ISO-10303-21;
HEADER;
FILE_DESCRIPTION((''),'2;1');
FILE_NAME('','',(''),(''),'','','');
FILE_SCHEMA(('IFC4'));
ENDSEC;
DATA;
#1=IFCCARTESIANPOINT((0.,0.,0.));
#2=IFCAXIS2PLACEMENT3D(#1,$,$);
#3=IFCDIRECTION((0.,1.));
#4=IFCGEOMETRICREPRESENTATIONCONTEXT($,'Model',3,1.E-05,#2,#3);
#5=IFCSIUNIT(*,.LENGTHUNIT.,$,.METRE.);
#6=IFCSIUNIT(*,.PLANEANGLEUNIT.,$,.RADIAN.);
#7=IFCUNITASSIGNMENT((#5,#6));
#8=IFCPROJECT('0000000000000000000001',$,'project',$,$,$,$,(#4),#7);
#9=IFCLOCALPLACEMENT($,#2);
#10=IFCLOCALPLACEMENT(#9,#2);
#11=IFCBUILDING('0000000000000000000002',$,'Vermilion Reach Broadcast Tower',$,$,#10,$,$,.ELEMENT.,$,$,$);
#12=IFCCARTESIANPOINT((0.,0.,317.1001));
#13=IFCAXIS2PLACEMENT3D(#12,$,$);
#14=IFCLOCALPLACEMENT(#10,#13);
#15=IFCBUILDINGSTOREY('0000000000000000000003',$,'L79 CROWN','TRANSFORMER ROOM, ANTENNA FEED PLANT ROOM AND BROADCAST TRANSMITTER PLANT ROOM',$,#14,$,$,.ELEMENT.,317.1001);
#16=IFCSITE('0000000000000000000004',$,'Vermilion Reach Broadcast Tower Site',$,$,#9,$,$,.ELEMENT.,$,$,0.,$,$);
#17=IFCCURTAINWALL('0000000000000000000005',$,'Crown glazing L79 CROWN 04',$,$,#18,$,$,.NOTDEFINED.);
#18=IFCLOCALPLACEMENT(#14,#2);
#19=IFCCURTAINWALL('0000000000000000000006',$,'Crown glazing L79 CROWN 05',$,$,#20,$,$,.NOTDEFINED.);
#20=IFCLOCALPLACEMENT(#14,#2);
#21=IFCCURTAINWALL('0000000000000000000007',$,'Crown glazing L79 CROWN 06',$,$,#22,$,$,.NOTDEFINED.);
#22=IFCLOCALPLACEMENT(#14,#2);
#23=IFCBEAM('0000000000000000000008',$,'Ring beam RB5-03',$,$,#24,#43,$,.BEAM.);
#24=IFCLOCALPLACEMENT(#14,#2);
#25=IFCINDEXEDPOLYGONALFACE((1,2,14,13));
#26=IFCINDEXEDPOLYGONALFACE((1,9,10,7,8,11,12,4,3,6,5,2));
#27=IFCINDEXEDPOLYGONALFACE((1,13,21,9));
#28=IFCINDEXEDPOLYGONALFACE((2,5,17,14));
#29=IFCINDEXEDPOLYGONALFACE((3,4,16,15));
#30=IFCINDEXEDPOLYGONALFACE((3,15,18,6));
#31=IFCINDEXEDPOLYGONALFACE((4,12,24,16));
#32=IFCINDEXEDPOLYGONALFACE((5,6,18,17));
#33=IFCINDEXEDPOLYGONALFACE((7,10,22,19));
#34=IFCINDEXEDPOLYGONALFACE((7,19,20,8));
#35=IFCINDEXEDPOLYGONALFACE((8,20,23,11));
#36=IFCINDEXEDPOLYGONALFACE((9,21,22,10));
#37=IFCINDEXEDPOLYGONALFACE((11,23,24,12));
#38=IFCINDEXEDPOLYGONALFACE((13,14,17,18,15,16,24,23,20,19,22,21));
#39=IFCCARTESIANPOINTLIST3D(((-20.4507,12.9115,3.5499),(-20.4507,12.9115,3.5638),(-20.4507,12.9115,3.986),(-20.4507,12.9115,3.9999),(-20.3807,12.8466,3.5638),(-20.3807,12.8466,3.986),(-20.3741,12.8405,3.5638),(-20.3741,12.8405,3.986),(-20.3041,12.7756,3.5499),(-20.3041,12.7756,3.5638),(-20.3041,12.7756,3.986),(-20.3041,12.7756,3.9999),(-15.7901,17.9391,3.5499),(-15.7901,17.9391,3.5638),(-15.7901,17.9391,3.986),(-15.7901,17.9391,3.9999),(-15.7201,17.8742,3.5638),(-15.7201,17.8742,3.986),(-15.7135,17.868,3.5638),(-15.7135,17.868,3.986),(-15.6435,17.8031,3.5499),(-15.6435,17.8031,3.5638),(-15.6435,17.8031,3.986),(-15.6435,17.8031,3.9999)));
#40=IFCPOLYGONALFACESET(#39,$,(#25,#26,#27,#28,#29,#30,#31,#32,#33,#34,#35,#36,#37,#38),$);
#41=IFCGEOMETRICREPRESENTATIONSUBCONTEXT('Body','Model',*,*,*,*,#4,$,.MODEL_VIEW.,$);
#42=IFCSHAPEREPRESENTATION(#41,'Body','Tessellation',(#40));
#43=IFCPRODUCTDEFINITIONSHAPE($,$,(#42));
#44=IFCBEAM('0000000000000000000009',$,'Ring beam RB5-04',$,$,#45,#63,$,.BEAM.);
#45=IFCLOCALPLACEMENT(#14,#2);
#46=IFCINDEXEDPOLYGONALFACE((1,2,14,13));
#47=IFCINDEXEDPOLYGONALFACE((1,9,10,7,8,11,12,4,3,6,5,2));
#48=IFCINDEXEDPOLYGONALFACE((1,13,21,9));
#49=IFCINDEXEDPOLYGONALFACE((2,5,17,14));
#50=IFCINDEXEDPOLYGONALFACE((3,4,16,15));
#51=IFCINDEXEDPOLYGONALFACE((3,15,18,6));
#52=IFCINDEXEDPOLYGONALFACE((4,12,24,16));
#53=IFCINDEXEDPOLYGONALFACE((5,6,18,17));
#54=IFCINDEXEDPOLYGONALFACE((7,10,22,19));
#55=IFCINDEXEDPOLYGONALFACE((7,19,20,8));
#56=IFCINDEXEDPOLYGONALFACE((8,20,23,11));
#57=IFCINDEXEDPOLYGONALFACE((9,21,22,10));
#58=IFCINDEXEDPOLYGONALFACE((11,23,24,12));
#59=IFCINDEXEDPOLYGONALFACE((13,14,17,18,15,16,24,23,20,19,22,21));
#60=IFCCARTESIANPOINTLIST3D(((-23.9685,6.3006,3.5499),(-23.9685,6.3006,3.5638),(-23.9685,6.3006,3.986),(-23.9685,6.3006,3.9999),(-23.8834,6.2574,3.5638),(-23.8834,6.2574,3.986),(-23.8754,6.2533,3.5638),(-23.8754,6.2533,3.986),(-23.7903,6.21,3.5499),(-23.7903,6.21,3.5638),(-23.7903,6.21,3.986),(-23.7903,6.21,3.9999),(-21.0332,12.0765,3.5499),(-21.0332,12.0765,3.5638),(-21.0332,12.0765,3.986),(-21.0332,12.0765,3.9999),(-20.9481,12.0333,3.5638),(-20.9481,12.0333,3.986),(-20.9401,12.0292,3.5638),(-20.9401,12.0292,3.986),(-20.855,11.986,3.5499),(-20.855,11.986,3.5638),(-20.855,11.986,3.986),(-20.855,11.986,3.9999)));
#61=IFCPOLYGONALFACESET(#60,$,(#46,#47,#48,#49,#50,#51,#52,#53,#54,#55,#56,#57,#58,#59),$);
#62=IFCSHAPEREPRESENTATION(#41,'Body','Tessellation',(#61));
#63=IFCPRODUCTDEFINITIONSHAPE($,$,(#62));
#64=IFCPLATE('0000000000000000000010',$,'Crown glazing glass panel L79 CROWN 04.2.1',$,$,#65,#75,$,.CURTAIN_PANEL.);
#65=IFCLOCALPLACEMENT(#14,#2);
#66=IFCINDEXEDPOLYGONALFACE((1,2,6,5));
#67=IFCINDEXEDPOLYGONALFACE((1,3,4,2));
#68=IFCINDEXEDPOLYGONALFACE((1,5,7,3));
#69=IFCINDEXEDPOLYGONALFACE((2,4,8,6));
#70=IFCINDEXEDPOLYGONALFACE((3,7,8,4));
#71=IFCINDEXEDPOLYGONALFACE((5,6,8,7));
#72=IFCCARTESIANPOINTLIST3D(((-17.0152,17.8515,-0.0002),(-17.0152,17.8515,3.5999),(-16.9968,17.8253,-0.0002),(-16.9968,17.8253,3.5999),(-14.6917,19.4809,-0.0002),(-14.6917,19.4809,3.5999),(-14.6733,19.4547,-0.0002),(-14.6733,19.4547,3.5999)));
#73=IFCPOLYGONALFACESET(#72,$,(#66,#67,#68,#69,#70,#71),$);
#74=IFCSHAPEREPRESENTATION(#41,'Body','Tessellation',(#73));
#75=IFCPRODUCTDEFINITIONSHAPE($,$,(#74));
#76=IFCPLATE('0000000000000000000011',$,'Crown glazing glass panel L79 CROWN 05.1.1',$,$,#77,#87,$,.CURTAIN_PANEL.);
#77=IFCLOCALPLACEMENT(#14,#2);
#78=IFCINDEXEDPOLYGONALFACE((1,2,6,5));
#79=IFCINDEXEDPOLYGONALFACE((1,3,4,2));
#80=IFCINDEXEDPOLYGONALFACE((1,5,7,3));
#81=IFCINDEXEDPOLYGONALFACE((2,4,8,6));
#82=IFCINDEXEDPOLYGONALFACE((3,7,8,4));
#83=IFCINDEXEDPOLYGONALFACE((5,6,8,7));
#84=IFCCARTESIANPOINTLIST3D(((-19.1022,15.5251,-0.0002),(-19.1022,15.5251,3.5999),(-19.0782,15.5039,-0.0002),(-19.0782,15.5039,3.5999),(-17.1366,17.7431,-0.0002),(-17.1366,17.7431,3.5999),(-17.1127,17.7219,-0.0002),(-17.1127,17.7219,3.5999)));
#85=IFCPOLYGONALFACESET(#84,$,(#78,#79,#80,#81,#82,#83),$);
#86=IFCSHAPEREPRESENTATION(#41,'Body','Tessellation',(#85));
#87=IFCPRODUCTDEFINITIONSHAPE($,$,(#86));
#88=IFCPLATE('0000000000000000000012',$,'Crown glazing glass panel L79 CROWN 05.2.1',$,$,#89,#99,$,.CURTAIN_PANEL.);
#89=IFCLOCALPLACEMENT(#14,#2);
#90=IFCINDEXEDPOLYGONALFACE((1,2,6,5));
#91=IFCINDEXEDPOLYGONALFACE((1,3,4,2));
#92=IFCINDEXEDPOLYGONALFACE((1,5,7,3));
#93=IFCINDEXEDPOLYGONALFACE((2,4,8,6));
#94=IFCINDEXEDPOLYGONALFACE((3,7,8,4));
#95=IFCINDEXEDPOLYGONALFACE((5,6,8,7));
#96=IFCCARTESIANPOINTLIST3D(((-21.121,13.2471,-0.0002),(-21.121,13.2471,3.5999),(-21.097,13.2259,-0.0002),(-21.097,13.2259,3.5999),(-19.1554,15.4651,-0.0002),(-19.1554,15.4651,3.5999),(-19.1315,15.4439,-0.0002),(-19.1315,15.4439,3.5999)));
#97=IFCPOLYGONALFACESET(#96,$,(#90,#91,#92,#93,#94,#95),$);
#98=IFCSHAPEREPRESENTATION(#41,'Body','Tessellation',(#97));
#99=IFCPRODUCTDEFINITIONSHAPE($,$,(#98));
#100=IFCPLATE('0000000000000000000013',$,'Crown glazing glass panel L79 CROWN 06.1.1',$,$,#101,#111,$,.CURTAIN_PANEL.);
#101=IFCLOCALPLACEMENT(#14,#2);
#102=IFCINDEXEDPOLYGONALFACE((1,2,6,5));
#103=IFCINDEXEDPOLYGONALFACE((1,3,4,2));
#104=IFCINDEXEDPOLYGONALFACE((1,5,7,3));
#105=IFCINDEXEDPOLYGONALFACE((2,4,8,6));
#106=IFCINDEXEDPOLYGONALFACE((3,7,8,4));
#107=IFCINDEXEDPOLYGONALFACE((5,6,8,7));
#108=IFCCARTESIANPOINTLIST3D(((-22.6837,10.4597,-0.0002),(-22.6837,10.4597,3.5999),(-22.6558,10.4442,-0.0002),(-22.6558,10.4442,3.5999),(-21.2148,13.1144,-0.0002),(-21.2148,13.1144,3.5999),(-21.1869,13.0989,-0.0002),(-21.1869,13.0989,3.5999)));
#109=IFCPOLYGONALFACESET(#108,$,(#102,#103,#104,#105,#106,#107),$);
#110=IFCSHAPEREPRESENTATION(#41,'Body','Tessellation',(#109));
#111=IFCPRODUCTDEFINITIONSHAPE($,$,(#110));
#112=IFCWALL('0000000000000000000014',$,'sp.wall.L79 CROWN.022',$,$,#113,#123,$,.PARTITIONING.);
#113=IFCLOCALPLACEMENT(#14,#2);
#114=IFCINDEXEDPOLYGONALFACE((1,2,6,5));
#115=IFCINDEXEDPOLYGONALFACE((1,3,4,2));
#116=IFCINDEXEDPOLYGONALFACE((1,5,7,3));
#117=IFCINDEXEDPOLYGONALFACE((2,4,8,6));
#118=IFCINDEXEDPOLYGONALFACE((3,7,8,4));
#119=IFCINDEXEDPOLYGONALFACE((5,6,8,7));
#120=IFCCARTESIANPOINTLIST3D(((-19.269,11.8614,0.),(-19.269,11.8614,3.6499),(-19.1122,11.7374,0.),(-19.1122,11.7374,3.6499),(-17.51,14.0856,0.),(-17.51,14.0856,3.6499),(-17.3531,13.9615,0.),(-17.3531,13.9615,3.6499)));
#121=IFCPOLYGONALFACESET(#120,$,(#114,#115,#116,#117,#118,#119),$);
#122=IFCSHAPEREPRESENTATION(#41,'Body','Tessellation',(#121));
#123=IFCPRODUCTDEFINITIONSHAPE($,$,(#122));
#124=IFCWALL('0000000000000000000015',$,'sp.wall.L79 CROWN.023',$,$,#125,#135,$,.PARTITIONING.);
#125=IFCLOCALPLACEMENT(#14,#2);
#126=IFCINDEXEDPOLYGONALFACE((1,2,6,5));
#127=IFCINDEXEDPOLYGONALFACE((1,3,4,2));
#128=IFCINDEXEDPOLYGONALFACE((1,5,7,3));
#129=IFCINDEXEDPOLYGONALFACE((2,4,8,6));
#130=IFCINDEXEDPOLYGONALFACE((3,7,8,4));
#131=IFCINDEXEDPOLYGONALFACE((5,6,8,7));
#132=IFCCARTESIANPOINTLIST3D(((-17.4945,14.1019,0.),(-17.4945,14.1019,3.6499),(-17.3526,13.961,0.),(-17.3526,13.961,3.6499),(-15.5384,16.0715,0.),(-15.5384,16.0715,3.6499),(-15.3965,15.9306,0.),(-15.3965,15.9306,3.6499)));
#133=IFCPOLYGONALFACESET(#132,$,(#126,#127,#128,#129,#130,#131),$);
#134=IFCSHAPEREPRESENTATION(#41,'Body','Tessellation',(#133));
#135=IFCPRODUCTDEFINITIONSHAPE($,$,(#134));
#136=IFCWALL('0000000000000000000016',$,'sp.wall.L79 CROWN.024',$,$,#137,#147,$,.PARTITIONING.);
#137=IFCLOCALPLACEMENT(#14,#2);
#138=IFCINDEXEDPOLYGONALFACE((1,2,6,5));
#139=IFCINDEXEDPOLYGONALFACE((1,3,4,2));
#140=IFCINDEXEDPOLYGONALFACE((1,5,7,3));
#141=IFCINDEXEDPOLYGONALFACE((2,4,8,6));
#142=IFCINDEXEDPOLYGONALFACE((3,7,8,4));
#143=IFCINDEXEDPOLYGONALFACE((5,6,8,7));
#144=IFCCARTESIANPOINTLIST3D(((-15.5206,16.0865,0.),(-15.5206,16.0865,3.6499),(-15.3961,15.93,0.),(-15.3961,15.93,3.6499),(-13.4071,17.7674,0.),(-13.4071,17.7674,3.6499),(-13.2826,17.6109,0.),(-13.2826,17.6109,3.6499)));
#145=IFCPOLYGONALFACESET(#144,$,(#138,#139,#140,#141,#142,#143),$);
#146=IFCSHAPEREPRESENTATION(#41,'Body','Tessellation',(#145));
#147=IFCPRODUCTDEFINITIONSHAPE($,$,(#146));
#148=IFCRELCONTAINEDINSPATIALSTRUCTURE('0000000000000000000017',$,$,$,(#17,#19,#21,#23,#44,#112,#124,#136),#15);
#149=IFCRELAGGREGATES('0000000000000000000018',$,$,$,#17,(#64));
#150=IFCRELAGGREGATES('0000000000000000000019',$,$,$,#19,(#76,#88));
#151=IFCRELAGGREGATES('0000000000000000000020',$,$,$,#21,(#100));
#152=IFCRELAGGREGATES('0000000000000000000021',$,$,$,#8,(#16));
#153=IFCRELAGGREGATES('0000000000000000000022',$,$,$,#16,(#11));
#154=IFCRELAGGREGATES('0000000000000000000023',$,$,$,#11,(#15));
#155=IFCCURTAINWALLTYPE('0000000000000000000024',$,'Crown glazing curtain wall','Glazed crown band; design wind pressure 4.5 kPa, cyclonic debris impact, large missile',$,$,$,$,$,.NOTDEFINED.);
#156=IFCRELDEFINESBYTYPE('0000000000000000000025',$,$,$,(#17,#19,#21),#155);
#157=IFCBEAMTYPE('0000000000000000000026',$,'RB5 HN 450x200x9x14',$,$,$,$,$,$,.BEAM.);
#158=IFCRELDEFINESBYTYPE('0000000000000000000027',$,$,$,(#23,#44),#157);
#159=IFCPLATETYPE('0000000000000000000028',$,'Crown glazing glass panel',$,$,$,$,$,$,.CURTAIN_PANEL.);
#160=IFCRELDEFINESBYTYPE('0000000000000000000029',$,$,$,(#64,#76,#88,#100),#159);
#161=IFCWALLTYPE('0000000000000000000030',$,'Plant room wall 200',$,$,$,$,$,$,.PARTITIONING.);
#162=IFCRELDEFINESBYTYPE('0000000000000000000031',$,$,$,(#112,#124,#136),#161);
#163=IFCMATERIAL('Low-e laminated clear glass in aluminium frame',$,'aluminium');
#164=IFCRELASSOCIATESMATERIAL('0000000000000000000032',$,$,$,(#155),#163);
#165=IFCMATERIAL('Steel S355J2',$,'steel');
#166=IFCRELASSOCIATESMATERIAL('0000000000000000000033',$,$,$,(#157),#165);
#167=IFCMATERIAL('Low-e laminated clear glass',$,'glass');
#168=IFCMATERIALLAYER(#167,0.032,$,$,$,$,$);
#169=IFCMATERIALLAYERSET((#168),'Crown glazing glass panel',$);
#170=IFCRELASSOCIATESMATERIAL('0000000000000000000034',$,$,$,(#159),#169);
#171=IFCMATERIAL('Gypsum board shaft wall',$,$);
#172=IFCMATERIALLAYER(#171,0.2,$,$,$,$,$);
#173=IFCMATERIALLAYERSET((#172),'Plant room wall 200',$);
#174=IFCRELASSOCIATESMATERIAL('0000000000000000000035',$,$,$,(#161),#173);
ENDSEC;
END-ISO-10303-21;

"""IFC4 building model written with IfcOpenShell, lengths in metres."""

from ifc_helpers import new_model, si_unit, direction, frame, frame_2d, origin, origin_2d, place, context, subcontext, project, spatial, rectangle, i_section, extrude, material, layer, layer_set, material_profile, profile_set, type_object, element, aggregate, save


model = new_model("IFC4")

# Units and contexts
model_context = context("Model", 3, precision=1e-05, world=origin(), true_north=direction((0.0, 1.0)))
body_context = subcontext(model_context, "Body", "Model", "MODEL_VIEW")
ifc_project = project(units=[si_unit("LENGTHUNIT", "METRE"), si_unit("PLANEANGLEUNIT", "RADIAN")], contexts=[model_context])

# Site, building, storey
site_placement = place(None, origin())
site = spatial("IfcSite", under=ifc_project, at=site_placement, Name="Vermilion Reach Broadcast Tower Site", CompositionType="ELEMENT", RefElevation=0.0)
building_placement = place(site_placement, origin())
building = spatial("IfcBuilding", under=site, at=building_placement, Name="Vermilion Reach Broadcast Tower", CompositionType="ELEMENT")
storey_placement = place(building_placement, frame((0.0, 0.0, 317.1001)))
storey = spatial("IfcBuildingStorey", under=building, at=storey_placement, Name="L79 CROWN", Description="TRANSFORMER ROOM, ANTENNA FEED PLANT ROOM AND BROADCAST TRANSMITTER PLANT ROOM", CompositionType="ELEMENT", Elevation=317.1001)

# Curtain wall
ifc_material_1 = material(Name="Low-e laminated clear glass in aluminium frame", Category="aluminium")
curtain_wall_type = type_object("IfcCurtainWallType", Name="Crown glazing curtain wall", Description="Glazed crown band; design wind pressure 4.5 kPa, cyclonic debris impact, large missile", PredefinedType="NOTDEFINED", material=ifc_material_1)
placement = place(storey_placement, origin())
curtain_wall_1 = element("IfcCurtainWall", 1, at=placement, inside=storey, type_object=curtain_wall_type, Name="Crown glazing L79 CROWN 04", PredefinedType="NOTDEFINED")

# Curtain wall
curtain_wall_2 = element("IfcCurtainWall", 2, at=placement, inside=storey, type_object=curtain_wall_type, Name="Crown glazing L79 CROWN 05", PredefinedType="NOTDEFINED")

# Curtain wall
curtain_wall_3 = element("IfcCurtainWall", 3, at=placement, inside=storey, type_object=curtain_wall_type, Name="Crown glazing L79 CROWN 06", PredefinedType="NOTDEFINED")

# Beams
ifc_material_2 = material(Name="Steel S355J2", Category="steel")
ifc_material_profile_1 = material_profile(ifc_material_2, i_section(OverallWidth=0.2, OverallDepth=0.45, WebThickness=0.009, FlangeThickness=0.0139, at=origin_2d()), Name="S355J2 HN 450x200x9x14")
ifc_profile_set_1 = profile_set([ifc_material_profile_1], Name="Steel S355J2")
beam_type_1 = type_object("IfcBeamType", Name="RB5 HN 450x200x9x14", PredefinedType="BEAM", material=ifc_profile_set_1)
beam_1_placement = place(storey_placement, frame((-15.7168, 17.8711, 3.7749), z_axis=(-0.679838, -0.733363, 0.0), x_axis=(0.733363, -0.679838, 0.0)))
element("IfcBeam", 4, at=beam_1_placement, inside=storey, type_object=beam_type_1, Name="Ring beam RB5-03", PredefinedType="BEAM", context=body_context, shape_type="SweptSolid", body=[
    extrude(i_section(OverallWidth=0.2, OverallDepth=0.45, WebThickness=0.009, FlangeThickness=0.0139, at=origin_2d()), origin(), (0.0, 0.0, 1.0), 6.8555),
])
beam_2_placement = place(storey_placement, frame((-20.9441, 12.0312, 3.7749), z_axis=(-0.453052, -0.891484, 0.0), x_axis=(0.891484, -0.453052, 0.0)))
element("IfcBeam", 5, at=beam_2_placement, inside=storey, type_object=beam_type_1, Name="Ring beam RB5-04", PredefinedType="BEAM", context=body_context, shape_type="SweptSolid", body=[
    extrude(i_section(OverallWidth=0.2, OverallDepth=0.45, WebThickness=0.009, FlangeThickness=0.0139, at=origin_2d()), origin(), (0.0, 0.0, 1.0), 6.479),
])

# Plates
ifc_material_3 = material(Name="Low-e laminated clear glass", Category="glass")
ifc_layer_1 = layer(ifc_material_3, 0.032)
ifc_layer_set_1 = layer_set([ifc_layer_1], Name="Crown glazing glass panel")
plate_type = type_object("IfcPlateType", Name="Crown glazing glass panel", PredefinedType="CURTAIN_PANEL", material=ifc_layer_set_1)
plate_1_placement = place(storey_placement, frame((-15.8442, 18.6531, -0.0002), z_axis=(0.0, 0.0, 1.0), x_axis=(-0.81874, -0.574164, 0.0)))
plate_1 = element("IfcPlate", 6, at=plate_1_placement, type_object=plate_type, Name="Crown glazing glass panel L79 CROWN 04.2.1", PredefinedType="CURTAIN_PANEL", context=body_context, shape_type="SweptSolid", body=[
    extrude(rectangle(XDim=2.8379, YDim=0.032, at=origin_2d()), origin(), (0.0, 0.0, 1.0), 3.6001),
])
aggregate(curtain_wall_1, [plate_1])
plate_2_placement = place(storey_placement, frame((-18.1074, 16.6235, -0.0002), z_axis=(0.0, 0.0, 1.0), x_axis=(-0.663239, -0.748408, 0.0)))
plate_2 = element("IfcPlate", 7, at=plate_2_placement, type_object=plate_type, Name="Crown glazing glass panel L79 CROWN 05.1.1", PredefinedType="CURTAIN_PANEL", context=body_context, shape_type="SweptSolid", body=[
    extrude(rectangle(XDim=2.9636, YDim=0.032, at=origin_2d()), origin(), (0.0, 0.0, 1.0), 3.6001),
])
plate_3_placement = place(storey_placement, frame((-20.1262, 14.3455, -0.0002), z_axis=(0.0, 0.0, 1.0), x_axis=(-0.663239, -0.748408, 0.0)))
plate_3 = element("IfcPlate", 8, at=plate_3_placement, type_object=plate_type, Name="Crown glazing glass panel L79 CROWN 05.2.1", PredefinedType="CURTAIN_PANEL", context=body_context, shape_type="SweptSolid", body=[
    extrude(rectangle(XDim=2.9636, YDim=0.032, at=origin_2d()), origin(), (0.0, 0.0, 1.0), 3.6001),
])
aggregate(curtain_wall_2, [plate_2, plate_3])
plate_4_placement = place(storey_placement, frame((-21.9353, 11.7793, -0.0002), z_axis=(0.0, 0.0, 1.0), x_axis=(-0.484153, -0.874983, 0.0)))
plate_4 = element("IfcPlate", 9, at=plate_4_placement, type_object=plate_type, Name="Crown glazing glass panel L79 CROWN 06.1.1", PredefinedType="CURTAIN_PANEL", context=body_context, shape_type="SweptSolid", body=[
    extrude(rectangle(XDim=3.0339, YDim=0.032, at=origin_2d()), origin(), (0.0, 0.0, 1.0), 3.6001),
])
aggregate(curtain_wall_3, [plate_4])

# Walls
ifc_material_4 = material(Name="Gypsum board shaft wall")
ifc_layer_2 = layer(ifc_material_4, 0.2)
ifc_layer_set_2 = layer_set([ifc_layer_2], Name="Plant room wall 200")
wall_type = type_object("IfcWallType", Name="Plant room wall 200", PredefinedType="PARTITIONING", material=ifc_layer_set_2)
wall_1_placement = place(storey_placement, frame((-19.1907, 11.7993, 0.0), z_axis=(0.0, 0.0, 1.0), x_axis=(0.620328, 0.784343, 0.0)))
element("IfcWall", 10, at=wall_1_placement, inside=storey, type_object=wall_type, Name="sp.wall.L79 CROWN.022", PredefinedType="PARTITIONING", context=body_context, shape_type="SweptSolid", body=[
    extrude(rectangle(XDim=2.8357, YDim=0.2, at=frame_2d((1.418, 0.0))), origin(), (0.0, 0.0, 1.0), 3.6499),
])
wall_2_placement = place(storey_placement, frame((-17.4236, 14.0315, 0.0), z_axis=(0.0, 0.0, 1.0), x_axis=(0.704684, 0.709521, 0.0)))
element("IfcWall", 11, at=wall_2_placement, inside=storey, type_object=wall_type, Name="sp.wall.L79 CROWN.023", PredefinedType="PARTITIONING", context=body_context, shape_type="SweptSolid", body=[
    extrude(rectangle(XDim=2.7759, YDim=0.2, at=frame_2d((1.3879, 0.0))), origin(), (0.0, 0.0, 1.0), 3.6499),
])
wall_3_placement = place(storey_placement, frame((-15.4583, 16.0083, 0.0), z_axis=(0.0, 0.0, 1.0), x_axis=(0.782656, 0.622454, 0.0)))
element("IfcWall", 12, at=wall_3_placement, inside=storey, type_object=wall_type, Name="sp.wall.L79 CROWN.024", PredefinedType="PARTITIONING", context=body_context, shape_type="SweptSolid", body=[
    extrude(rectangle(XDim=2.7004, YDim=0.2, at=frame_2d((1.3501, 0.0))), origin(), (0.0, 0.0, 1.0), 3.6499),
])

save(model, "model.ifc")
